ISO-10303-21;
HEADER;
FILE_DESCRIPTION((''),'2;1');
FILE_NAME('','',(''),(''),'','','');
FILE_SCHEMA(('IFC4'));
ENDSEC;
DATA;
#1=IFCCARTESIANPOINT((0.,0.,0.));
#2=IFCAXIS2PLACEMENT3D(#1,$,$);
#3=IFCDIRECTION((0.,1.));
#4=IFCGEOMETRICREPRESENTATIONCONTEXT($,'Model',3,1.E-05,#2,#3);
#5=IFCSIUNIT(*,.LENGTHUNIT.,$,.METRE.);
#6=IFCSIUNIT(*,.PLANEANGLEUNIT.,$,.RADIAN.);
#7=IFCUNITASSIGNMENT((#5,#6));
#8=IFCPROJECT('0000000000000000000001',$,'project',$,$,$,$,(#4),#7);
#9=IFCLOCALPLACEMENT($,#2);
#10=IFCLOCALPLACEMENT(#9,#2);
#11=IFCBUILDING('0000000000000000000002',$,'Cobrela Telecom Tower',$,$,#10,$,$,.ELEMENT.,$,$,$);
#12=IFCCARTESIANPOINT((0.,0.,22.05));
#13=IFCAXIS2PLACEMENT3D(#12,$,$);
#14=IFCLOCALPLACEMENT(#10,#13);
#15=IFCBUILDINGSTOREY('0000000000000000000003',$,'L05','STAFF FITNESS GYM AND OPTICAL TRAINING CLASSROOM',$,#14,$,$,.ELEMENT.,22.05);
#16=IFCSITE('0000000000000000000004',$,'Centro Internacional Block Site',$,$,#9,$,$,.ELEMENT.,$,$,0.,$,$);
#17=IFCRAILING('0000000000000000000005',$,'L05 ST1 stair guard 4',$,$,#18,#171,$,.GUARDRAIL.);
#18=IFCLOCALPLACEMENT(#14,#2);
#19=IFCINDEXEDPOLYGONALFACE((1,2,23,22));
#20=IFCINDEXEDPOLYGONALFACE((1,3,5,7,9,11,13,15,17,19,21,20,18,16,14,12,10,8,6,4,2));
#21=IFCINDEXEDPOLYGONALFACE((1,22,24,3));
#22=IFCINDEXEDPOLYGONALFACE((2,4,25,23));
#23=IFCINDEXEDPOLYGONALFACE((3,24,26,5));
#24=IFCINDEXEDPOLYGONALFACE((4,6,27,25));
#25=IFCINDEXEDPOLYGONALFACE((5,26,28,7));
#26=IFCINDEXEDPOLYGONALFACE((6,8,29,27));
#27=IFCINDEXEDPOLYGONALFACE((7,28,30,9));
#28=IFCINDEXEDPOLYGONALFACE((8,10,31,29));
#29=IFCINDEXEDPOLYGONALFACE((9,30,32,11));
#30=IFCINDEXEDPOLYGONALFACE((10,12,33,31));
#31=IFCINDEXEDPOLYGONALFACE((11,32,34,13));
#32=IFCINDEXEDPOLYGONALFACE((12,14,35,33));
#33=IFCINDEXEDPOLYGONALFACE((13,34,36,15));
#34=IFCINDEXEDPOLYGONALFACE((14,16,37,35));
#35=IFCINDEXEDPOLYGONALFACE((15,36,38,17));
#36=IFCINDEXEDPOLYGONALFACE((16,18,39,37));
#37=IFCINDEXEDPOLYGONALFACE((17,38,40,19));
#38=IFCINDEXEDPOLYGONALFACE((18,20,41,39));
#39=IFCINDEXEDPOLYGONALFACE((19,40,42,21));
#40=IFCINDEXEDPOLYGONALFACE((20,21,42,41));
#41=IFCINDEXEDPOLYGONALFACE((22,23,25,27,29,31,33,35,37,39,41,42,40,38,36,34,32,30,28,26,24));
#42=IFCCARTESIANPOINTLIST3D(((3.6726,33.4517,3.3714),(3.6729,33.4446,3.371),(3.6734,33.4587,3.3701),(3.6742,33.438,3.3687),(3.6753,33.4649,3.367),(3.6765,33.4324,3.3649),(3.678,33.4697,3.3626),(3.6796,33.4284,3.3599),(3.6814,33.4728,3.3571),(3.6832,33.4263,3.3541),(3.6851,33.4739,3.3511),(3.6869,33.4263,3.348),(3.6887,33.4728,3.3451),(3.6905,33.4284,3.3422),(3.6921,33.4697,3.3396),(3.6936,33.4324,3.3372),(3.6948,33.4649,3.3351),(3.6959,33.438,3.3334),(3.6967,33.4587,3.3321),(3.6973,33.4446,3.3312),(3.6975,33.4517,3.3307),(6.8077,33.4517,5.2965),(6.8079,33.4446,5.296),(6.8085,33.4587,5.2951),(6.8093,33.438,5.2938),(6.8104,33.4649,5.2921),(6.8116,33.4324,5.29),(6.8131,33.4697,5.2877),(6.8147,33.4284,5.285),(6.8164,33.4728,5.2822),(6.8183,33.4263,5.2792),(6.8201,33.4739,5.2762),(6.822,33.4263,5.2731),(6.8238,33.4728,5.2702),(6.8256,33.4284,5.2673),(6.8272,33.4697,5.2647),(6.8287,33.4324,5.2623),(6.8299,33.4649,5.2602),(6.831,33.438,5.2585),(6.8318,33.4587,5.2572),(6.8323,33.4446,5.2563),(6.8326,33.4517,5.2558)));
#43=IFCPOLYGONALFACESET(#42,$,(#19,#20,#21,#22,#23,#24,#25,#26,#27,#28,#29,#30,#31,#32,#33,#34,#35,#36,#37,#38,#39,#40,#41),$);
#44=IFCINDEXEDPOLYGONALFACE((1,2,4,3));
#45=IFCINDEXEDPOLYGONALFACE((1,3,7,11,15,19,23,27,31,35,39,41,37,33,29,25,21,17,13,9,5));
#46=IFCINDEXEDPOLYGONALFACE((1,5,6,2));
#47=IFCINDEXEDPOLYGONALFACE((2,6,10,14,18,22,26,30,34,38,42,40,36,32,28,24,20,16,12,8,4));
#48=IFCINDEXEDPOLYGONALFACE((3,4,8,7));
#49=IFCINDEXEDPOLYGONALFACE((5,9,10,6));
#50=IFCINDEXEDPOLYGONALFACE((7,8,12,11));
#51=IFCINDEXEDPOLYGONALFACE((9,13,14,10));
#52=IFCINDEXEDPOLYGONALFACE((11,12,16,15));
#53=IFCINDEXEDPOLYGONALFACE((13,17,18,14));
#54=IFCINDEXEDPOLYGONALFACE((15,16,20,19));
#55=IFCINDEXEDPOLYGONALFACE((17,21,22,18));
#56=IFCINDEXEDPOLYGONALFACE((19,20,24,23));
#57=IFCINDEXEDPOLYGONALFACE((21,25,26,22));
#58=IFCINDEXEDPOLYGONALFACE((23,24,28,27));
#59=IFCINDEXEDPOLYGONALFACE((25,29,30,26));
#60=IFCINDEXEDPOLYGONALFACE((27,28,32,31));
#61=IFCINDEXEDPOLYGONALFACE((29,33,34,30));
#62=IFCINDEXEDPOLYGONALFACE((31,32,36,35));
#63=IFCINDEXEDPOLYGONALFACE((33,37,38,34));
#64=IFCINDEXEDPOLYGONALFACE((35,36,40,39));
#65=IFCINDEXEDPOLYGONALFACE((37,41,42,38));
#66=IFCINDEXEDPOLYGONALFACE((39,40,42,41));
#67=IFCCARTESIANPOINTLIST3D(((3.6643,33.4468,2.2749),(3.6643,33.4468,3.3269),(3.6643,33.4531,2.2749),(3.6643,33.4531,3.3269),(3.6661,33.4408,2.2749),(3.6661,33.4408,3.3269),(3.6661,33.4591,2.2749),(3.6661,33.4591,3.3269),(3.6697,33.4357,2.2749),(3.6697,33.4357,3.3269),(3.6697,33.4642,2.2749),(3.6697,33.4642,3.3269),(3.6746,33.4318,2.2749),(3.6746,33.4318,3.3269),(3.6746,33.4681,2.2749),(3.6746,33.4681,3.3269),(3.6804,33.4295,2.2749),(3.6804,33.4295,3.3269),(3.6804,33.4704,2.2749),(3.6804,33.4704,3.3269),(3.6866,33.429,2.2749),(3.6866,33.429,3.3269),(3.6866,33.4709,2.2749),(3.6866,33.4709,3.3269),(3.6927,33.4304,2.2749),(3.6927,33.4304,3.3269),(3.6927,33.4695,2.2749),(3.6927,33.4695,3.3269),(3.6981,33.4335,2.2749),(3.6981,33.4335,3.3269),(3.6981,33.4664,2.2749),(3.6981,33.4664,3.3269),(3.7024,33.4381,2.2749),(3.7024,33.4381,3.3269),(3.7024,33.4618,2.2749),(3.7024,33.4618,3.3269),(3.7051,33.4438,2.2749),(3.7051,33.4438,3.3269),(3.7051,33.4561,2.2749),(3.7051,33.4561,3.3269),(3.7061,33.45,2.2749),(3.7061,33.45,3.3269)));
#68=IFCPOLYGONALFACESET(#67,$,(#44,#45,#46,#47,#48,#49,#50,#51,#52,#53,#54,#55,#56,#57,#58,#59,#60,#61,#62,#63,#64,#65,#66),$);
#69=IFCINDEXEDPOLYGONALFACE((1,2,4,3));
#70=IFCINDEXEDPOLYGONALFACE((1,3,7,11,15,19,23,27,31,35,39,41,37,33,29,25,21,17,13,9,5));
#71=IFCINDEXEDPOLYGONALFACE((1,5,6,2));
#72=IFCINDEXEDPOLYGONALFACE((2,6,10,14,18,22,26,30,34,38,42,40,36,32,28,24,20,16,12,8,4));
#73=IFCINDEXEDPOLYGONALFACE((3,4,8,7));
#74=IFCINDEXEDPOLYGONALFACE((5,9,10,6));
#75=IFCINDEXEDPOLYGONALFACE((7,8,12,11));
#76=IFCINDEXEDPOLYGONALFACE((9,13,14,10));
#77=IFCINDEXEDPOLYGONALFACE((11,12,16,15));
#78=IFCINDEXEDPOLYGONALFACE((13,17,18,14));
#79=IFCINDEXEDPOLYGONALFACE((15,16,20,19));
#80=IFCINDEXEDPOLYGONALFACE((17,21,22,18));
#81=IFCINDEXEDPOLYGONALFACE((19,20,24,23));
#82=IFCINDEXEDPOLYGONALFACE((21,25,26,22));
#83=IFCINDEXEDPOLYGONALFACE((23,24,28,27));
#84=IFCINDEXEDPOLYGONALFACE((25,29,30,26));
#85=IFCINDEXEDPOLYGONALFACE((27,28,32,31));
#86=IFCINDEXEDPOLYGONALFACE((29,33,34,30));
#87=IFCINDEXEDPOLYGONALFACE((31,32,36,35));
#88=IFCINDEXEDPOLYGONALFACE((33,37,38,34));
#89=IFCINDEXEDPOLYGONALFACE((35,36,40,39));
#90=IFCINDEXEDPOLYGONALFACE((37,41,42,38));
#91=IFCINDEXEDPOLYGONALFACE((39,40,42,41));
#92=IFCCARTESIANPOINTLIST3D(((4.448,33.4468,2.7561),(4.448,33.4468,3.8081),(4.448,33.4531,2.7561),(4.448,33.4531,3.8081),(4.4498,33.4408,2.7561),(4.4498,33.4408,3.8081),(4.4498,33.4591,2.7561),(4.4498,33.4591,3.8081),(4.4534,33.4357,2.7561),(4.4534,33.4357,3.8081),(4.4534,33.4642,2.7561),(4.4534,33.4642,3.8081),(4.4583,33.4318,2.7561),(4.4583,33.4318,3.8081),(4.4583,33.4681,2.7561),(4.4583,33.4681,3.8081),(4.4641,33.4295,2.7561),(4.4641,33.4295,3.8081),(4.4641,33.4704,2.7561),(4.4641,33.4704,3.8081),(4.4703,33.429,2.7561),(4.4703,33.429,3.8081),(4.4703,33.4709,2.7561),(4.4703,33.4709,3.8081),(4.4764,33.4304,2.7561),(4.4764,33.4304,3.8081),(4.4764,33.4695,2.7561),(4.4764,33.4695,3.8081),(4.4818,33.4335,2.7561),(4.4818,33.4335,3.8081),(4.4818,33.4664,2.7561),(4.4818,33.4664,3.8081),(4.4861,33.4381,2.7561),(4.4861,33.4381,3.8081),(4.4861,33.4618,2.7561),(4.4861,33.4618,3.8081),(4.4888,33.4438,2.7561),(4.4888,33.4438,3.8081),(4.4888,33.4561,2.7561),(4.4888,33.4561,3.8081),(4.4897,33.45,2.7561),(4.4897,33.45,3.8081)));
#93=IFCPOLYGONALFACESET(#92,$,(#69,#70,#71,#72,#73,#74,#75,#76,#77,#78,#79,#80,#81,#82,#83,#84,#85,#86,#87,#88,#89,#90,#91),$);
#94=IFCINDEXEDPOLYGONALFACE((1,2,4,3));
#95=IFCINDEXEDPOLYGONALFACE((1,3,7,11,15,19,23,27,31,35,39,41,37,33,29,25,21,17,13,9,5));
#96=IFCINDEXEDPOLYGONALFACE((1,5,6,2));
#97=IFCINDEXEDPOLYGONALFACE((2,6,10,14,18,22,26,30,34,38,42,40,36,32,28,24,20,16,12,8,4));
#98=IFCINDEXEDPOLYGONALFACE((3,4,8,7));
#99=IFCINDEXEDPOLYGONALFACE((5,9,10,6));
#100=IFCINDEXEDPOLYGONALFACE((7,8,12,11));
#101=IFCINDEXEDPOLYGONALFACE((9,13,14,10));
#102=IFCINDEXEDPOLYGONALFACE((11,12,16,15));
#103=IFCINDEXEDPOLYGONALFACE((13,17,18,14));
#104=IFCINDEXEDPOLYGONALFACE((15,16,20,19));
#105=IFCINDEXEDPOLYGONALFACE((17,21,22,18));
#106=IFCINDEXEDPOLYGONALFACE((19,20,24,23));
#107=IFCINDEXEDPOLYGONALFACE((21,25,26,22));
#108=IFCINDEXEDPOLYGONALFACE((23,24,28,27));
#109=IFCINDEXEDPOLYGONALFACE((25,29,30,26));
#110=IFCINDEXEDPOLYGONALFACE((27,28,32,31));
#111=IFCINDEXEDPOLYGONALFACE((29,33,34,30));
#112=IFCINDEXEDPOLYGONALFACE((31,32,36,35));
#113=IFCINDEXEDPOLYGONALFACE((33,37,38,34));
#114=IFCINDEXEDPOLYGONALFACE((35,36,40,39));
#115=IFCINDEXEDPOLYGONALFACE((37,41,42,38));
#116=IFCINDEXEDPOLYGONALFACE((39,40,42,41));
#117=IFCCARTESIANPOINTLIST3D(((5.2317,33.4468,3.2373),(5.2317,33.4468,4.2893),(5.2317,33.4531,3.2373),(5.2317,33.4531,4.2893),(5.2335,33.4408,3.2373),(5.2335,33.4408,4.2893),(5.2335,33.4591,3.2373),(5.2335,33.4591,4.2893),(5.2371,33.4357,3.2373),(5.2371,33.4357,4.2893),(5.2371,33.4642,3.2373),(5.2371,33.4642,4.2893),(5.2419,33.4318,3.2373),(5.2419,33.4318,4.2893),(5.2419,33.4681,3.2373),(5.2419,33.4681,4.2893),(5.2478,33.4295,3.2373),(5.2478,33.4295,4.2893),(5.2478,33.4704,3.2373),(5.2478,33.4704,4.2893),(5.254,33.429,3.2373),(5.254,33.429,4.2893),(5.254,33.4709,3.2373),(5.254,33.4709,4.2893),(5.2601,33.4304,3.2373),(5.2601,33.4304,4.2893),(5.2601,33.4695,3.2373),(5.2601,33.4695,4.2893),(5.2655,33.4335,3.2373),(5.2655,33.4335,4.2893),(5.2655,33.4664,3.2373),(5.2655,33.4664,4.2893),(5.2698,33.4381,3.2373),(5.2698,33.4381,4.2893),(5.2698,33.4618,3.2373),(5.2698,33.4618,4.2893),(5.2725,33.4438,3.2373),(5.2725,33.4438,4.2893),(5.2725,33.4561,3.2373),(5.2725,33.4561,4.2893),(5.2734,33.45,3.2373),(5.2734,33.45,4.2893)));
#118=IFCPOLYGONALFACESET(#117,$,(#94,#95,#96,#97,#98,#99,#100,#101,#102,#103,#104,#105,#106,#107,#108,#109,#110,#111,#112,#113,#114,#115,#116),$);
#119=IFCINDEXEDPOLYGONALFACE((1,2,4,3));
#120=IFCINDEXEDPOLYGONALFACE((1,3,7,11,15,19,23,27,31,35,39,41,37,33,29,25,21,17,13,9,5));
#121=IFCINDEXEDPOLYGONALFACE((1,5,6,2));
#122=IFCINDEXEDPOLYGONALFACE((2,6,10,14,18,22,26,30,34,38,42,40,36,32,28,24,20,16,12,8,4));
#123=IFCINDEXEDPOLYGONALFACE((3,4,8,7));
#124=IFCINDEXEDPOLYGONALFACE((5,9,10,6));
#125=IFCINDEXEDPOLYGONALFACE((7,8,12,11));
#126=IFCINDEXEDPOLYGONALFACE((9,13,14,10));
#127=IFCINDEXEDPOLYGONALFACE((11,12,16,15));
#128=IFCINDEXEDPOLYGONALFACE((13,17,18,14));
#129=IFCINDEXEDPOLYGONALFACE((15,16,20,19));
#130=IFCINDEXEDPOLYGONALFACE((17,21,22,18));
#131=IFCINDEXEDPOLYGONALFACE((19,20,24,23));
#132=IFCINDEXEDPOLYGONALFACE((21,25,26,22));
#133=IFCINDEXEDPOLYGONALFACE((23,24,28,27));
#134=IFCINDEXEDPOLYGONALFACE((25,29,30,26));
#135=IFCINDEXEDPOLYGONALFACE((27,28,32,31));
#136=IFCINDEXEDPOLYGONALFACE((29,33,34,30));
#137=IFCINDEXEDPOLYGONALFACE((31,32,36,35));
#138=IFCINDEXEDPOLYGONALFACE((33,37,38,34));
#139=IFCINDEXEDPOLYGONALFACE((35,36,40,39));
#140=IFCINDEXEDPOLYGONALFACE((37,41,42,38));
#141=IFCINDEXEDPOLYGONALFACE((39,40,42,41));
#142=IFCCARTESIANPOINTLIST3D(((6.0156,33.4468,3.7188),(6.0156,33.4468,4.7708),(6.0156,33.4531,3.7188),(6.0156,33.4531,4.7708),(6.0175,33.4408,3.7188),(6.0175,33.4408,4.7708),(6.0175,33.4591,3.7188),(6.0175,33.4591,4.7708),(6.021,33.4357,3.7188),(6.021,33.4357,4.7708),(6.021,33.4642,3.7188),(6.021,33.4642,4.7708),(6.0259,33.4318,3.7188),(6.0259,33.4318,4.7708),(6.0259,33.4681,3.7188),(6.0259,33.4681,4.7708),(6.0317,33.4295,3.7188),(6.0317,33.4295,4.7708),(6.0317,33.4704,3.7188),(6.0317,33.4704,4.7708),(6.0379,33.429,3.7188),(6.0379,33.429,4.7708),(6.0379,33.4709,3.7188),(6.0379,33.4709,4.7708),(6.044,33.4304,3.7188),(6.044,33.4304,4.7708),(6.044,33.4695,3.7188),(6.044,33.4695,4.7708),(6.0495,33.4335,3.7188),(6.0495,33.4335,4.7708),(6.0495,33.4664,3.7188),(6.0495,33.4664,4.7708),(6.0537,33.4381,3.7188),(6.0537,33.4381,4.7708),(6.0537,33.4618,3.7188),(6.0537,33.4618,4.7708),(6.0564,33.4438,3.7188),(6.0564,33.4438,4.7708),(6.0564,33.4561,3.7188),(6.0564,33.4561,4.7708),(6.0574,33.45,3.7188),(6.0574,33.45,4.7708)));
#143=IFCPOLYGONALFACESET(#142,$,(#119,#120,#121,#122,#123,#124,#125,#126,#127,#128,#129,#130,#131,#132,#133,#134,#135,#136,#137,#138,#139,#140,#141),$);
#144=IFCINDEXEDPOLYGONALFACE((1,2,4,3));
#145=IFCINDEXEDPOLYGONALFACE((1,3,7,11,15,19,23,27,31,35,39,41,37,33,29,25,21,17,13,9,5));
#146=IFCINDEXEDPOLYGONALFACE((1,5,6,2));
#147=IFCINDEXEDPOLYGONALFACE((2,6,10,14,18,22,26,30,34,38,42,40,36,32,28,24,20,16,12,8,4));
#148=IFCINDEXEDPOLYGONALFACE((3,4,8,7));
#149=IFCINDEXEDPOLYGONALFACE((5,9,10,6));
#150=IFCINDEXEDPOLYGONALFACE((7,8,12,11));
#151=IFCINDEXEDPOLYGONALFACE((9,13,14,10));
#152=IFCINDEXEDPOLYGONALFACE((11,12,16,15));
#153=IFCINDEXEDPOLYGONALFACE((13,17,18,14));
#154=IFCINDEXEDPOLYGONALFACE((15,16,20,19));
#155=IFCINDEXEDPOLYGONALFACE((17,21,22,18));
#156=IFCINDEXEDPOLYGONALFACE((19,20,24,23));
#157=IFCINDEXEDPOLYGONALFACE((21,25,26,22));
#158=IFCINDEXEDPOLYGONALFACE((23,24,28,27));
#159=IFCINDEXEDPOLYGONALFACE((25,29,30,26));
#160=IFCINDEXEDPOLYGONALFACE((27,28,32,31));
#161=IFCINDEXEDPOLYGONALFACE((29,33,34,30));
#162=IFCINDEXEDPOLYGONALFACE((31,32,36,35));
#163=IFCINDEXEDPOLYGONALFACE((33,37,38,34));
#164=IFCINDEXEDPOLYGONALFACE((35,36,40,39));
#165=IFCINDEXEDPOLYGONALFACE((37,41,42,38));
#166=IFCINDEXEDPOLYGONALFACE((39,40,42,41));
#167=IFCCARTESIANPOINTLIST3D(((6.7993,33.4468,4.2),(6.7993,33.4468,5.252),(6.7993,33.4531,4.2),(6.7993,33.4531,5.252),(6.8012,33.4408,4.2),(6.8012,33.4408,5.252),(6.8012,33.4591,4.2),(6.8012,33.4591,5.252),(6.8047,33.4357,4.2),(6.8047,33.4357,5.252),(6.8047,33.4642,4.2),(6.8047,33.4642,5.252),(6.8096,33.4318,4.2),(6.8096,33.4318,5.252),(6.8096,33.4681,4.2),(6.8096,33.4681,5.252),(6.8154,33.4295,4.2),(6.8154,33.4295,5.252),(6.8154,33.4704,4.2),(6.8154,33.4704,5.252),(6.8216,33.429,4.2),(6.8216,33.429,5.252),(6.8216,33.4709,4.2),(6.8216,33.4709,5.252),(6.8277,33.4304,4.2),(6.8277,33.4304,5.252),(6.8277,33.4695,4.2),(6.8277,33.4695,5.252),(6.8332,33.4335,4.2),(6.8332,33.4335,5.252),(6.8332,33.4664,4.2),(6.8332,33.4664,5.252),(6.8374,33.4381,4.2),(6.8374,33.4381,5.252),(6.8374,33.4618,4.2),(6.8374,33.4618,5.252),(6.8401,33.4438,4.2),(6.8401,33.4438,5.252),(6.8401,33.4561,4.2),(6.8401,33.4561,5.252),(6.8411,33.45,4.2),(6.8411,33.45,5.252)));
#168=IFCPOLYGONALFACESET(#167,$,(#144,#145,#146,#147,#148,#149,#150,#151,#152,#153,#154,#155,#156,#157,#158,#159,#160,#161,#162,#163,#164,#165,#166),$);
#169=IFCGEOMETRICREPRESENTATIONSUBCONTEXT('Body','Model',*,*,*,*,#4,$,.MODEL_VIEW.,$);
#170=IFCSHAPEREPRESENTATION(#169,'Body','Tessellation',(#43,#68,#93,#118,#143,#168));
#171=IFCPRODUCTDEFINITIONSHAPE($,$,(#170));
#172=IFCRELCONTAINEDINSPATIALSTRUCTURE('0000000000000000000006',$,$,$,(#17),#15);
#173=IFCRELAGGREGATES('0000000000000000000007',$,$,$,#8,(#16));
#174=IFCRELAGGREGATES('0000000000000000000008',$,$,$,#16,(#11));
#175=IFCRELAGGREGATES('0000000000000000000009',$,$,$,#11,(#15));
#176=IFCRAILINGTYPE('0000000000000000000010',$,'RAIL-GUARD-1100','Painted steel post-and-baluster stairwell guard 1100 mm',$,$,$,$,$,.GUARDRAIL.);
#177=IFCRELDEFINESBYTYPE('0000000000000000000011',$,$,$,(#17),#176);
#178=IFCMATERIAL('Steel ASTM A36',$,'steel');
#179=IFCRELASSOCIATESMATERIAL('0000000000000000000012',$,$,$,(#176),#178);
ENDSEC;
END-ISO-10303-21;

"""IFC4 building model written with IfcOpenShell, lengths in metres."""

from ifc_helpers import new_model, si_unit, direction, frame, origin, origin_2d, place, context, subcontext, project, spatial, circle, extrude, material, type_object, element, save


model = new_model("IFC4")

# Units and contexts
model_context = context("Model", 3, precision=1e-05, world=origin(), true_north=direction((0.0, 1.0)))
body_context = subcontext(model_context, "Body", "Model", "MODEL_VIEW")
ifc_project = project(units=[si_unit("LENGTHUNIT", "METRE"), si_unit("PLANEANGLEUNIT", "RADIAN")], contexts=[model_context])

# Site, building, storey
site_placement = place(None, origin())
site = spatial("IfcSite", under=ifc_project, at=site_placement, Name="Centro Internacional Block Site", CompositionType="ELEMENT", RefElevation=0.0)
building_placement = place(site_placement, origin())
building = spatial("IfcBuilding", under=site, at=building_placement, Name="Cobrela Telecom Tower", CompositionType="ELEMENT")
storey_placement = place(building_placement, frame((0.0, 0.0, 22.05)))
storey = spatial("IfcBuildingStorey", under=building, at=storey_placement, Name="L05", Description="STAFF FITNESS GYM AND OPTICAL TRAINING CLASSROOM", CompositionType="ELEMENT", Elevation=22.05)

# Shared definitions
ifc_material_1 = material(Name="Steel ASTM A36", Category="steel")

# Railing
railing_type_1 = type_object("IfcRailingType", Name="RAIL-GUARD-1100", Description="Painted steel post-and-baluster stairwell guard 1100 mm", PredefinedType="GUARDRAIL", material=ifc_material_1)
railing_1_placement = place(storey_placement, frame((3.6851, 33.45, 2.2749)))
element("IfcRailing", 1, at=railing_1_placement, inside=storey, type_object=railing_type_1, Name="L05 ST1 stair guard 4", PredefinedType="GUARDRAIL", context=body_context, shape_type="SweptSolid", body=[
    extrude(circle(Radius=0.0239, at=origin_2d()), frame((0.0, 0.0, 1.0762), z_axis=(0.852166, 0.0, 0.523271), x_axis=(0.0, 1.0, 0.0)), (0.0, 0.0, 1.0), 3.679),
    extrude(circle(Radius=0.021, at=origin_2d()), origin(), (0.0, 0.0, 1.0), 1.052),
    extrude(circle(Radius=0.021, at=origin_2d()), frame((0.7837, 0.0, 0.4812)), (0.0, 0.0, 1.0), 1.052),
    extrude(circle(Radius=0.021, at=origin_2d()), frame((1.5674, 0.0, 0.9624)), (0.0, 0.0, 1.0), 1.052),
    extrude(circle(Radius=0.021, at=origin_2d()), frame((2.3513, 0.0, 1.4438)), (0.0, 0.0, 1.0), 1.052),
    extrude(circle(Radius=0.021, at=origin_2d()), frame((3.135, 0.0, 1.925)), (0.0, 0.0, 1.0), 1.052),
])

save(model, "model.ifc")
